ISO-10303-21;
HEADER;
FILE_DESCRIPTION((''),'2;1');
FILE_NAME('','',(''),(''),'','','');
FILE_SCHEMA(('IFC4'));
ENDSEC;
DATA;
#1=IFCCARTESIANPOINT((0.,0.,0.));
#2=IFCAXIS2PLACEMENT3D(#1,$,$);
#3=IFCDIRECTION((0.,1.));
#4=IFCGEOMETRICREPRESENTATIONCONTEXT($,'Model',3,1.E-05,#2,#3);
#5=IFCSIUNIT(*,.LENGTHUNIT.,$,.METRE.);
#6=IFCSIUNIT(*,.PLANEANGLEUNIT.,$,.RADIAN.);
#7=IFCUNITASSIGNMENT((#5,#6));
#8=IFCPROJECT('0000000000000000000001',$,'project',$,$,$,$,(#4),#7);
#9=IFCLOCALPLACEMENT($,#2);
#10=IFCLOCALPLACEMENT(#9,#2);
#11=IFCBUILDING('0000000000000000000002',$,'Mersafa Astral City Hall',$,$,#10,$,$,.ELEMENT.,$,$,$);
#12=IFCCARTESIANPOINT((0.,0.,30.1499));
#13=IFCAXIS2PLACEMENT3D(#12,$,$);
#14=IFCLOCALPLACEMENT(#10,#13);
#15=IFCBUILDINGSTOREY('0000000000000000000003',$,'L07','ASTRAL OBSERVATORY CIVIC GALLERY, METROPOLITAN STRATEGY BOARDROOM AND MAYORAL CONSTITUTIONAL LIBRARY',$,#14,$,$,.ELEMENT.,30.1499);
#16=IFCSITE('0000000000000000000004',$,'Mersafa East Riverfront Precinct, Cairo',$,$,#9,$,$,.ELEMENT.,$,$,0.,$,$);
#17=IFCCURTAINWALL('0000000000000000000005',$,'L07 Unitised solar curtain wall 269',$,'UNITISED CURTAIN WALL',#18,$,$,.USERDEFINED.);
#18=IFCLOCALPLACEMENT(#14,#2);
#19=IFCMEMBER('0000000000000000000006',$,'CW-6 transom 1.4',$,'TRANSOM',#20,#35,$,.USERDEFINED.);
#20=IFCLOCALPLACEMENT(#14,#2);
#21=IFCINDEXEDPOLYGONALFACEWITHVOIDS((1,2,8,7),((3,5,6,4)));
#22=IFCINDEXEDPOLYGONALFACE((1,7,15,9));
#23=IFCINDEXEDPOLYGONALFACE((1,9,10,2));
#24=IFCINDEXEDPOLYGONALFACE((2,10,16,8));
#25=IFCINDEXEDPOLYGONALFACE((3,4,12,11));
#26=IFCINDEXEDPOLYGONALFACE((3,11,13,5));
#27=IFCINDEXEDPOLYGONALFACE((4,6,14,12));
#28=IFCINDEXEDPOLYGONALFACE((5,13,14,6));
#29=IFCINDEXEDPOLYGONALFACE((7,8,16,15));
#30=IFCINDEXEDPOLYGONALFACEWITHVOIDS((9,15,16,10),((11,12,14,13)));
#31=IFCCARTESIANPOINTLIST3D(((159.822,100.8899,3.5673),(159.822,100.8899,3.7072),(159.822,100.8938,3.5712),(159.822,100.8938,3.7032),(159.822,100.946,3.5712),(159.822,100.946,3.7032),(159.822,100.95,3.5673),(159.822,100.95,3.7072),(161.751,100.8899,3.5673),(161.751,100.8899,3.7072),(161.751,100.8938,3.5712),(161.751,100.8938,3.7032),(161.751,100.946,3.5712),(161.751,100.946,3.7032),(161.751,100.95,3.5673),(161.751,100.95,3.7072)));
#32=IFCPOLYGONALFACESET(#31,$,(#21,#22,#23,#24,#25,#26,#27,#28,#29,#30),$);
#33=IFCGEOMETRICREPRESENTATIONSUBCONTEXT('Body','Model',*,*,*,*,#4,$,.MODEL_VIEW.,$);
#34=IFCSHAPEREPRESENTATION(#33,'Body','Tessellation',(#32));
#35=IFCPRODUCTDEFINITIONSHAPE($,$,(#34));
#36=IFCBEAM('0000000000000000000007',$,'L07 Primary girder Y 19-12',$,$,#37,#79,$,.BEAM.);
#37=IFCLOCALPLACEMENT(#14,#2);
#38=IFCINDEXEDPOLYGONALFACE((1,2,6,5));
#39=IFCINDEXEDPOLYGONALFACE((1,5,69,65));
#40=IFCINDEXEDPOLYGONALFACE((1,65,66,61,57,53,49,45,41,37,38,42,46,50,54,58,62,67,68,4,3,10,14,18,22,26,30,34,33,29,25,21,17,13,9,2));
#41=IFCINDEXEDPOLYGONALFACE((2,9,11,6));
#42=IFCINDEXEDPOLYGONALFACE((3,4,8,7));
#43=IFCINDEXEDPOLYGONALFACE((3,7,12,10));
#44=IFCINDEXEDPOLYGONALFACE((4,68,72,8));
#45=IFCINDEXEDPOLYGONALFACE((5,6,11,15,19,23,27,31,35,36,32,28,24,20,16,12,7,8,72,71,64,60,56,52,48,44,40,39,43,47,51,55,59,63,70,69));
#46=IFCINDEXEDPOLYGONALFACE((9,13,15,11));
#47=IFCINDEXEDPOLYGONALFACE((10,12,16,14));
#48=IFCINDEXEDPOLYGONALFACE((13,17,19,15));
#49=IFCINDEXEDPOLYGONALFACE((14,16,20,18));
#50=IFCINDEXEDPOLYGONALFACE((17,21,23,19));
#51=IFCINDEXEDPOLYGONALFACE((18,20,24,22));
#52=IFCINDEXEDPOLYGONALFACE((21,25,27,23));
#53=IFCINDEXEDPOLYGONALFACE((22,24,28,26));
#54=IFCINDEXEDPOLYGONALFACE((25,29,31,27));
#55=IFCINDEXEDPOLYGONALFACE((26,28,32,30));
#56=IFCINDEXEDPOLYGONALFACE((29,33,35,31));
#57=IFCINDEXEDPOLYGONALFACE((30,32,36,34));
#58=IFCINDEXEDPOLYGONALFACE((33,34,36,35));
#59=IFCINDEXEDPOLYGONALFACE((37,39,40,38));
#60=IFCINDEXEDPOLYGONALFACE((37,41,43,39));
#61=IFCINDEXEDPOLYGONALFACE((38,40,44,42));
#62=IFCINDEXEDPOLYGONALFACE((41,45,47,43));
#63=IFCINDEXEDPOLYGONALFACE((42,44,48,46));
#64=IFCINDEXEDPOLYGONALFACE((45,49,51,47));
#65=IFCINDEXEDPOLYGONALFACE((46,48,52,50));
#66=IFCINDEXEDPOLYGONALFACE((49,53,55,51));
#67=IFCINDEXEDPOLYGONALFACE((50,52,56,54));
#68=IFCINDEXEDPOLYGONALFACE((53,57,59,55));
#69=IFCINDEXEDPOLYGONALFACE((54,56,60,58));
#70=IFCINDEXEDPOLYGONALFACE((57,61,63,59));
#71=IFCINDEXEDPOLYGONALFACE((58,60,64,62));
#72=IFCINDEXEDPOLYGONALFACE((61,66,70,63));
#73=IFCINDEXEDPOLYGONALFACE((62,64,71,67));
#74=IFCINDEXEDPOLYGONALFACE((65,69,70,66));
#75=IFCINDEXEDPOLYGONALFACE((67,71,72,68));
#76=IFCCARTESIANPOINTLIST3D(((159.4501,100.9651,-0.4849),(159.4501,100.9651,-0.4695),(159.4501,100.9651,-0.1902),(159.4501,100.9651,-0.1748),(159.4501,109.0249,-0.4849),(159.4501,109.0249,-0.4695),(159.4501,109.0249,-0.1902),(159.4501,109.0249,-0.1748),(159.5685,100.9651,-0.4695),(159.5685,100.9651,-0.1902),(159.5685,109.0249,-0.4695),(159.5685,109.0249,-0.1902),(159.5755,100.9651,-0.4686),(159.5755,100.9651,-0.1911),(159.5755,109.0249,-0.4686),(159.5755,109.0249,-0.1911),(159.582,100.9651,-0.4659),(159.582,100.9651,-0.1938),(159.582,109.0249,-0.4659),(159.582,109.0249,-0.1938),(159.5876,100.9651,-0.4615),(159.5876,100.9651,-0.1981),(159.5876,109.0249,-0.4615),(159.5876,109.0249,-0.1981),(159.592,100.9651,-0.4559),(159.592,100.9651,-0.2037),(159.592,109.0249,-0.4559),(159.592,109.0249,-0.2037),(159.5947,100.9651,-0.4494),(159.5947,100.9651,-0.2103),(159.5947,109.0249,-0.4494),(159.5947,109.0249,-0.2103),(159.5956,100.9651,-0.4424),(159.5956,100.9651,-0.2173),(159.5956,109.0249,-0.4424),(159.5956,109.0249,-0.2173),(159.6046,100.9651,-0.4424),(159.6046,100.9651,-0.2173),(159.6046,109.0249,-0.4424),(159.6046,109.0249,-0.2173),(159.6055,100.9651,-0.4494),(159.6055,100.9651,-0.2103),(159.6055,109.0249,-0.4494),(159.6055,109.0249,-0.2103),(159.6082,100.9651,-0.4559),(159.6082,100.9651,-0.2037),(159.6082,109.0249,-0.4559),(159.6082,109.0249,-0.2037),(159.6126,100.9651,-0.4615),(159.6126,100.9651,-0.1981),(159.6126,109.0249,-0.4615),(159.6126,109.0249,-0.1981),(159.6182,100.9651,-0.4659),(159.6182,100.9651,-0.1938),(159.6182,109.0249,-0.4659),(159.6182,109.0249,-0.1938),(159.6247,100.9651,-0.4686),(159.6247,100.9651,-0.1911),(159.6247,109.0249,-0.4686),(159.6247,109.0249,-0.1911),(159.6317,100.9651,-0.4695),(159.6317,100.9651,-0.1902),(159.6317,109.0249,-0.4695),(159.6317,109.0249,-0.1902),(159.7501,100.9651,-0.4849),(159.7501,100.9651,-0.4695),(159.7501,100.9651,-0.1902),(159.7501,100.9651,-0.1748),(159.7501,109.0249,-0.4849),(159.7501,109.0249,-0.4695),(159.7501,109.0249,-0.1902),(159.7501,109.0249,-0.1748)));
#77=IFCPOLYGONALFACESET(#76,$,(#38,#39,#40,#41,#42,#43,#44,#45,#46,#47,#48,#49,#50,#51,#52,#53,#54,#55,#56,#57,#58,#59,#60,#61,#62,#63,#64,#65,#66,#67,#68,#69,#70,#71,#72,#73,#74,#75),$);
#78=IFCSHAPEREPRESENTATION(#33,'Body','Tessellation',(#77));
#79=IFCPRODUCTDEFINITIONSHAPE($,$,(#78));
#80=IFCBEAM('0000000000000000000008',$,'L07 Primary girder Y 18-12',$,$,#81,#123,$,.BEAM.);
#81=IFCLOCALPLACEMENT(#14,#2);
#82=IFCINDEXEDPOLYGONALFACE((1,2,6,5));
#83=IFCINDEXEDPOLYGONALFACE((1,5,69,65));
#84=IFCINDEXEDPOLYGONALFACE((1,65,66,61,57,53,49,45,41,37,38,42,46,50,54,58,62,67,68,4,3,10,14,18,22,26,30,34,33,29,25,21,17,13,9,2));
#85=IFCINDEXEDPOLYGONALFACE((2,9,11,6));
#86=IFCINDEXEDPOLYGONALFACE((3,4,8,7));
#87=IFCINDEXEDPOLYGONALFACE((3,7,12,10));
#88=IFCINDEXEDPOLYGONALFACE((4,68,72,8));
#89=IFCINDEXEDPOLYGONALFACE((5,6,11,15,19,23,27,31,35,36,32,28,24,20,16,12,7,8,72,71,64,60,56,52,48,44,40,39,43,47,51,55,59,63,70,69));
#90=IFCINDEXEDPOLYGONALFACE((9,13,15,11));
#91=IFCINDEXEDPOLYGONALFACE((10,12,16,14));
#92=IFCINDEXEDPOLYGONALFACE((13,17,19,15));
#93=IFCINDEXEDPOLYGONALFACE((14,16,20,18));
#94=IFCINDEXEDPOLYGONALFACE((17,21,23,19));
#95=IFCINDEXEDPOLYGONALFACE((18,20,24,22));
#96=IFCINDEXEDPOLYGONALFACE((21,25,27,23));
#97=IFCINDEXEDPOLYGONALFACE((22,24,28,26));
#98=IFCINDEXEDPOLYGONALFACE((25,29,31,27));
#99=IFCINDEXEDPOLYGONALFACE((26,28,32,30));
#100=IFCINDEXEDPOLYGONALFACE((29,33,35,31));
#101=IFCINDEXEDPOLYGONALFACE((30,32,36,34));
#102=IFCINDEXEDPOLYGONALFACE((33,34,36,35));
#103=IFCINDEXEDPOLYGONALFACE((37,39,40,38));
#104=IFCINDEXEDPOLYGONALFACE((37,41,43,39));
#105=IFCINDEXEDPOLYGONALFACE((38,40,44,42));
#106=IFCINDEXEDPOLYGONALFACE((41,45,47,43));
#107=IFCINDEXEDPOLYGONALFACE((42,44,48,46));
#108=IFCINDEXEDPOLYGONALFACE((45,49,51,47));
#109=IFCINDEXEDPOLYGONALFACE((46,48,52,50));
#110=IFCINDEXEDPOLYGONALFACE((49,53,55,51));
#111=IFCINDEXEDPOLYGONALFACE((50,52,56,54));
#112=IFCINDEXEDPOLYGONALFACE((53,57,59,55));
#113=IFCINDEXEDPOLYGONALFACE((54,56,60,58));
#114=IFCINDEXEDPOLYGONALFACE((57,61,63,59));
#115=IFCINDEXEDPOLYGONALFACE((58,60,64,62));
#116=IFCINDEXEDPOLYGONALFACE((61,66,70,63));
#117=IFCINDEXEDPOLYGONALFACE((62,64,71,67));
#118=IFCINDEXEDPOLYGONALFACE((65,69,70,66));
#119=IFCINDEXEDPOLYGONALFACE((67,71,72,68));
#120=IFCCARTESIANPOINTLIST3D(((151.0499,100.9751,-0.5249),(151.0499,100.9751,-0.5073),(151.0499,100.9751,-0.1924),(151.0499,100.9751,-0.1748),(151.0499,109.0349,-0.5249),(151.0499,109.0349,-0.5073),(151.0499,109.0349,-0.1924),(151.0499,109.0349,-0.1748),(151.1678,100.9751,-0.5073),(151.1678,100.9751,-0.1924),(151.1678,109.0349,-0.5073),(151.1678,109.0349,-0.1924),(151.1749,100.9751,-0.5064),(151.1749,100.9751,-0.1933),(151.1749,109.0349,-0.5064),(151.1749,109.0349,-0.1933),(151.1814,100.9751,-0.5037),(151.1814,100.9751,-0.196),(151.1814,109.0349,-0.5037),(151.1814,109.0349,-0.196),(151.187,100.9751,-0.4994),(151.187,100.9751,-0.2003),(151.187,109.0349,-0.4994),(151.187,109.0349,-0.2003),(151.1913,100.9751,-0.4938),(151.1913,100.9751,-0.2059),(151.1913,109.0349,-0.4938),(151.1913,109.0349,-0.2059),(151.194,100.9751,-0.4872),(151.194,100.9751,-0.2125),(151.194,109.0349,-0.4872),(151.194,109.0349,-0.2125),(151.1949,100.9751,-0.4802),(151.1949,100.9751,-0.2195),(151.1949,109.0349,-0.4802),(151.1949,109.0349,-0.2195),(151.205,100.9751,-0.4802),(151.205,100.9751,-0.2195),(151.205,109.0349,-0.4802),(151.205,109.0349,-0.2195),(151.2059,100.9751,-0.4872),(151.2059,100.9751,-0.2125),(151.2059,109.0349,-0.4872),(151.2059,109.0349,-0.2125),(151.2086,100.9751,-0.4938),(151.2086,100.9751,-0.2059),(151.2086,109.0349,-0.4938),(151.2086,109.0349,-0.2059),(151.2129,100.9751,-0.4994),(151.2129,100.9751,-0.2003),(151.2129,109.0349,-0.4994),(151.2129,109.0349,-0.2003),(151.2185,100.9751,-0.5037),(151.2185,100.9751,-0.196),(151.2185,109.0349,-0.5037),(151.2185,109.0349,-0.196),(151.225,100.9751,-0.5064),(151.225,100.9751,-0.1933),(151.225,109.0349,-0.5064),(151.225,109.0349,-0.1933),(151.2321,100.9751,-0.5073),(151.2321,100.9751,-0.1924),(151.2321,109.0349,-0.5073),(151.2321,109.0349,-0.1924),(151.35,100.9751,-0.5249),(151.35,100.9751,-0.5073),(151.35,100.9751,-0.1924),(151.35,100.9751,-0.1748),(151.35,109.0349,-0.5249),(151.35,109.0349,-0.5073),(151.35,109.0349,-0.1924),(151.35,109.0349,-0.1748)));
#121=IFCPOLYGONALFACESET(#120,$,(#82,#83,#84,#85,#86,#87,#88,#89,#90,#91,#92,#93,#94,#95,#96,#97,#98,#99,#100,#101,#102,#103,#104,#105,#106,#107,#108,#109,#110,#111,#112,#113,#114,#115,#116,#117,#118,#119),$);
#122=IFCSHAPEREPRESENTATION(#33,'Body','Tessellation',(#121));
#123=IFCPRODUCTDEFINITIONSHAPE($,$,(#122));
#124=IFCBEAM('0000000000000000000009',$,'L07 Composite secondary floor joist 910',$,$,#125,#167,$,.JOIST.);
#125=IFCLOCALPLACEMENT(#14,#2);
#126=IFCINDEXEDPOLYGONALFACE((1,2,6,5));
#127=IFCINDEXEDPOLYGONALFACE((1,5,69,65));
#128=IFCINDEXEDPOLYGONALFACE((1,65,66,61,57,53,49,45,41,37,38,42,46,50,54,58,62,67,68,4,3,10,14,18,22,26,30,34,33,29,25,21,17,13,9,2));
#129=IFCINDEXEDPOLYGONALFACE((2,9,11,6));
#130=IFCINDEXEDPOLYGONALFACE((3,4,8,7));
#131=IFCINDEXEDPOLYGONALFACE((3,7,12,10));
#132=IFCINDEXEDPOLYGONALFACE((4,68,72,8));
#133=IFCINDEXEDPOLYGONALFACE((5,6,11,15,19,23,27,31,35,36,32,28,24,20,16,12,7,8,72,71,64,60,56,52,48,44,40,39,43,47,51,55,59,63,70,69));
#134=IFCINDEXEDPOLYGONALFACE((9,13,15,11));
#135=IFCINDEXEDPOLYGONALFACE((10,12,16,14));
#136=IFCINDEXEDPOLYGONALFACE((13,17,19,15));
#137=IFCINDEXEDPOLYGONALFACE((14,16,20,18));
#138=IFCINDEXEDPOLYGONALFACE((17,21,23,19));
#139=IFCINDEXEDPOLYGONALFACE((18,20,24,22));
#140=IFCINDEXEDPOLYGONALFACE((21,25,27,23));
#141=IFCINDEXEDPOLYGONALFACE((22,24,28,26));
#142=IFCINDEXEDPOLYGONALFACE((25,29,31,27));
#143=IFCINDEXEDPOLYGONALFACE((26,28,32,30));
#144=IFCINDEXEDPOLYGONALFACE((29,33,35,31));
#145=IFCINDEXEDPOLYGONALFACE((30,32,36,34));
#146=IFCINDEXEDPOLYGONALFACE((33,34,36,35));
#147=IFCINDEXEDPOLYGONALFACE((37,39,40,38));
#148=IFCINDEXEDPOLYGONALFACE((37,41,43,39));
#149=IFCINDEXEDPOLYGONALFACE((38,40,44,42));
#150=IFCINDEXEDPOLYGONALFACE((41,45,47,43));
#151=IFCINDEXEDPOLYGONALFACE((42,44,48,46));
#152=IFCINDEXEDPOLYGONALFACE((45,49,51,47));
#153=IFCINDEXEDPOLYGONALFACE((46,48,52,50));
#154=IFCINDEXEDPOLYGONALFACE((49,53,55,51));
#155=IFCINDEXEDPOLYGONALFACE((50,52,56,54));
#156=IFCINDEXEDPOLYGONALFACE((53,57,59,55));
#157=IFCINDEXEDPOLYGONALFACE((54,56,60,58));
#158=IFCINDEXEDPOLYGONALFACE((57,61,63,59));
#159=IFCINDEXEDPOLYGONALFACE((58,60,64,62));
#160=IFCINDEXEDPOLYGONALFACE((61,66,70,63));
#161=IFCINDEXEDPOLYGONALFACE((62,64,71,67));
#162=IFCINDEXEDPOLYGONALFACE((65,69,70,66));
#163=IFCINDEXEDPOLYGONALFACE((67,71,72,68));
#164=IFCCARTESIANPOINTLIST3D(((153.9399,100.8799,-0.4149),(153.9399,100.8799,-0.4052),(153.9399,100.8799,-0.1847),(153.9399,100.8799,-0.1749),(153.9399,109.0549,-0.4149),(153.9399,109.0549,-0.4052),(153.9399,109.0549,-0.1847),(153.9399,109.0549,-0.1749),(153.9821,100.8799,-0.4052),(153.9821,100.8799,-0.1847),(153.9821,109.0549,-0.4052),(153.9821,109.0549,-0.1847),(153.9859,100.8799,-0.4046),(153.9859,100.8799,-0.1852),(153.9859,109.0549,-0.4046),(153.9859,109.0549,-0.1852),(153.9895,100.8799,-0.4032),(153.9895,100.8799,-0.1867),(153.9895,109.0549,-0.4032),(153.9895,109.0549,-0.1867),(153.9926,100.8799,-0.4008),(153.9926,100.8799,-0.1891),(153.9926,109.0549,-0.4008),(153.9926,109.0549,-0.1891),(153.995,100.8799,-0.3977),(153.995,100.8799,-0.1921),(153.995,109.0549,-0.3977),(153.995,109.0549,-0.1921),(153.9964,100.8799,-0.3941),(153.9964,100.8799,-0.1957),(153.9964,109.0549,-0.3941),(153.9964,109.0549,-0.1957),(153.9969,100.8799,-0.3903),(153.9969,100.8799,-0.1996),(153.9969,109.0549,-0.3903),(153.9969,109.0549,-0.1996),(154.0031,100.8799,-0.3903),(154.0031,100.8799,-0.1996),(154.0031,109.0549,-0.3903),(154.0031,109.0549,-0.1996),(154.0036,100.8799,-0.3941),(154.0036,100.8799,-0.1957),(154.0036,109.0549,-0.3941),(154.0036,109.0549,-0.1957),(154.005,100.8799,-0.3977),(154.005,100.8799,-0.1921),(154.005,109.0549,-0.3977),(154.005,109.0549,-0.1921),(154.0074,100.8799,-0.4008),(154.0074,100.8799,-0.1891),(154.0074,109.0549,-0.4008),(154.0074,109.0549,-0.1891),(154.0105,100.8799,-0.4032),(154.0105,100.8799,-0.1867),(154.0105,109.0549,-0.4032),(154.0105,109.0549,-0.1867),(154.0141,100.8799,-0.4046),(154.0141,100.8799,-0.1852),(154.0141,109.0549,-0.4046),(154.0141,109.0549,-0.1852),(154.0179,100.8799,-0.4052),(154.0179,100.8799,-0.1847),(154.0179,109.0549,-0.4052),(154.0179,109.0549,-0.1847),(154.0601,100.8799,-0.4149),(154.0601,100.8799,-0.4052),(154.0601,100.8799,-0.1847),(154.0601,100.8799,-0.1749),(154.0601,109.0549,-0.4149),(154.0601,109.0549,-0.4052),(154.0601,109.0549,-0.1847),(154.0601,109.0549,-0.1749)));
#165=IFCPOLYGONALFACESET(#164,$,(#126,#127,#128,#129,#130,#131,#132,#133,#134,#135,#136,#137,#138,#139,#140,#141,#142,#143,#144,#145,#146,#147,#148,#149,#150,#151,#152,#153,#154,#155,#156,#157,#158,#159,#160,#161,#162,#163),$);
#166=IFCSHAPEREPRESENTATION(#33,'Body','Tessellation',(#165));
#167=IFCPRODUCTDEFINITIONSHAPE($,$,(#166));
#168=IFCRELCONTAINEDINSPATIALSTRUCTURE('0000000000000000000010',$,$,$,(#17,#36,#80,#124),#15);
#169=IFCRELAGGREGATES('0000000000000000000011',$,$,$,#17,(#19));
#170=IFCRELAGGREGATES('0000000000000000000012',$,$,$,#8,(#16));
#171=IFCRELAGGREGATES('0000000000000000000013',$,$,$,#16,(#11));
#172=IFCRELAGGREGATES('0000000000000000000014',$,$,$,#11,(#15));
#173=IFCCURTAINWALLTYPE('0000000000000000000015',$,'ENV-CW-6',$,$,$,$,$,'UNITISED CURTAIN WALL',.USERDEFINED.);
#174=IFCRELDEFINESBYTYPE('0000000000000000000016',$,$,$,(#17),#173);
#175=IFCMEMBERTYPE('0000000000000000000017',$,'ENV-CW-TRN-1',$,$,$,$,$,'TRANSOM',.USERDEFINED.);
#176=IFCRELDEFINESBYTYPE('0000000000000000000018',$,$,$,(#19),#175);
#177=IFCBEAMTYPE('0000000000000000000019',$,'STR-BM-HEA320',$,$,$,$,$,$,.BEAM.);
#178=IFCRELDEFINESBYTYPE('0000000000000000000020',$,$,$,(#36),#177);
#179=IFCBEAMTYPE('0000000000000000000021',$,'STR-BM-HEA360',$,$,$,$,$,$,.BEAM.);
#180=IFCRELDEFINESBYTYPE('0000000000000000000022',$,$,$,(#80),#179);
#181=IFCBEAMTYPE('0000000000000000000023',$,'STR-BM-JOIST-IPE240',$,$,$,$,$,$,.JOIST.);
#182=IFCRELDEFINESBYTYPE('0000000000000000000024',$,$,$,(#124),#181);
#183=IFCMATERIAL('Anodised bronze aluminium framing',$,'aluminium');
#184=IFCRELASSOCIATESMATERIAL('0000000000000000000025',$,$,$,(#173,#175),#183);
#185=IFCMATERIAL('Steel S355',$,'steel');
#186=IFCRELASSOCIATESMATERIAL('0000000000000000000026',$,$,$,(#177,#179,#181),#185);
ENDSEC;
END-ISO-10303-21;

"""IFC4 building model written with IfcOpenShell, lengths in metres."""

from ifc_helpers import new_model, si_unit, direction, frame, origin, origin_2d, place, context, subcontext, project, spatial, hollow_rectangle, i_section, extrude, material, material_profile, profile_set, type_object, element, aggregate, save


model = new_model("IFC4")

# Units and contexts
model_context = context("Model", 3, precision=1e-05, world=origin(), true_north=direction((0.0, 1.0)))
body_context = subcontext(model_context, "Body", "Model", "MODEL_VIEW")
ifc_project = project(units=[si_unit("LENGTHUNIT", "METRE"), si_unit("PLANEANGLEUNIT", "RADIAN")], contexts=[model_context])

# Site, building, storey
site_placement = place(None, origin())
site = spatial("IfcSite", under=ifc_project, at=site_placement, Name="Mersafa East Riverfront Precinct, Cairo", CompositionType="ELEMENT", RefElevation=0.0)
building_placement = place(site_placement, origin())
building = spatial("IfcBuilding", under=site, at=building_placement, Name="Mersafa Astral City Hall", CompositionType="ELEMENT")
storey_placement = place(building_placement, frame((0.0, 0.0, 30.1499)))
storey = spatial("IfcBuildingStorey", under=building, at=storey_placement, Name="L07", Description="ASTRAL OBSERVATORY CIVIC GALLERY, METROPOLITAN STRATEGY BOARDROOM AND MAYORAL CONSTITUTIONAL LIBRARY", CompositionType="ELEMENT", Elevation=30.1499)

# Shared definitions
ifc_material_1 = material(Name="Steel S355", Category="steel")

# Shared definitions
ifc_material_2 = material(Name="Anodised bronze aluminium framing", Category="aluminium")

# Curtain wall, member
curtain_wall_type_1 = type_object("IfcCurtainWallType", Name="ENV-CW-6", ElementType="UNITISED CURTAIN WALL", PredefinedType="USERDEFINED", material=ifc_material_2)
curtain_wall_1_placement = place(storey_placement, origin())
curtain_wall_1 = element("IfcCurtainWall", 1, at=curtain_wall_1_placement, inside=storey, type_object=curtain_wall_type_1, Name="L07 Unitised solar curtain wall 269", ObjectType="UNITISED CURTAIN WALL", PredefinedType="USERDEFINED")
ifc_material_profile_1 = material_profile(ifc_material_2, hollow_rectangle(XDim=0.0601, YDim=0.1399, WallThickness=0.0039, at=origin_2d()), Name="RHS 60x140x4")
ifc_profile_set_1 = profile_set([ifc_material_profile_1], Name="Anodised bronze aluminium framing")
member_type_1 = type_object("IfcMemberType", Name="ENV-CW-TRN-1", ElementType="TRANSOM", PredefinedType="USERDEFINED", material=ifc_profile_set_1)
member_1_placement = place(storey_placement, frame((159.822, 100.9199, 3.6372), z_axis=(1.0, 0.0, 0.0), x_axis=(0.0, 1.0, 0.0)))
member_1 = element("IfcMember", 2, at=member_1_placement, type_object=member_type_1, Name="CW-6 transom 1.4", ObjectType="TRANSOM", PredefinedType="USERDEFINED", context=body_context, shape_type="SweptSolid", body=[
    extrude(hollow_rectangle(XDim=0.0601, YDim=0.1399, WallThickness=0.0039, at=origin_2d()), origin(), (0.0, 0.0, 1.0), 1.929),
])

# Beams
ifc_material_profile_2 = material_profile(ifc_material_1, i_section(OverallWidth=0.3, OverallDepth=0.3101, WebThickness=0.009, FlangeThickness=0.0154, FilletRadius=0.0271, at=origin_2d()), Name="HEA 320")
ifc_profile_set_2 = profile_set([ifc_material_profile_2], Name="Steel S355")
beam_type_1 = type_object("IfcBeamType", Name="STR-BM-HEA320", PredefinedType="BEAM", material=ifc_profile_set_2)
beam_1_placement = place(storey_placement, frame((159.6001, 100.9651, -0.3298), z_axis=(0.0, 1.0, 0.0), x_axis=(-1.0, 0.0, 0.0)))
element("IfcBeam", 3, at=beam_1_placement, inside=storey, type_object=beam_type_1, Name="L07 Primary girder Y 19-12", PredefinedType="BEAM", context=body_context, shape_type="SweptSolid", body=[
    extrude(i_section(OverallWidth=0.3, OverallDepth=0.3101, WebThickness=0.009, FlangeThickness=0.0154, FilletRadius=0.0271, at=origin_2d()), origin(), (0.0, 0.0, 1.0), 8.0598),
])
ifc_material_profile_3 = material_profile(ifc_material_1, i_section(OverallWidth=0.3, OverallDepth=0.3501, WebThickness=0.01, FlangeThickness=0.0176, FilletRadius=0.0271, at=origin_2d()), Name="HEA 360")
ifc_profile_set_3 = profile_set([ifc_material_profile_3], Name="Steel S355")
beam_type_2 = type_object("IfcBeamType", Name="STR-BM-HEA360", PredefinedType="BEAM", material=ifc_profile_set_3)
beam_2_placement = place(storey_placement, frame((151.2, 100.9751, -0.3499), z_axis=(0.0, 1.0, 0.0), x_axis=(-1.0, 0.0, 0.0)))
element("IfcBeam", 4, at=beam_2_placement, inside=storey, type_object=beam_type_2, Name="L07 Primary girder Y 18-12", PredefinedType="BEAM", context=body_context, shape_type="SweptSolid", body=[
    extrude(i_section(OverallWidth=0.3, OverallDepth=0.3501, WebThickness=0.01, FlangeThickness=0.0176, FilletRadius=0.0271, at=origin_2d()), origin(), (0.0, 0.0, 1.0), 8.0598),
])
ifc_material_profile_4 = material_profile(ifc_material_1, i_section(OverallWidth=0.1201, OverallDepth=0.24, WebThickness=0.0061, FlangeThickness=0.0098, FilletRadius=0.0149, at=origin_2d()), Name="IPE 240")
ifc_profile_set_4 = profile_set([ifc_material_profile_4], Name="Steel S355")
beam_type_3 = type_object("IfcBeamType", Name="STR-BM-JOIST-IPE240", PredefinedType="JOIST", material=ifc_profile_set_4)
for number, where, z_axis, x_axis, name in (
    (5, (154.0, 100.8799, -0.2949), (0.0, 1.0, 0.0), (-1.0, 0.0, 0.0), "L07 Composite secondary floor joist 910"),
):
    element("IfcBeam", number, at=place(storey_placement, frame(where, z_axis=z_axis, x_axis=x_axis)), inside=storey, type_object=beam_type_3, Name=name, PredefinedType="JOIST", context=body_context, shape_type="SweptSolid", body=[
        extrude(i_section(OverallWidth=0.1201, OverallDepth=0.24, WebThickness=0.0061, FlangeThickness=0.0098, FilletRadius=0.0149, at=origin_2d()), origin(), (0.0, 0.0, 1.0), 8.175),
    ])

aggregate(curtain_wall_1, [member_1])

save(model, "model.ifc")
